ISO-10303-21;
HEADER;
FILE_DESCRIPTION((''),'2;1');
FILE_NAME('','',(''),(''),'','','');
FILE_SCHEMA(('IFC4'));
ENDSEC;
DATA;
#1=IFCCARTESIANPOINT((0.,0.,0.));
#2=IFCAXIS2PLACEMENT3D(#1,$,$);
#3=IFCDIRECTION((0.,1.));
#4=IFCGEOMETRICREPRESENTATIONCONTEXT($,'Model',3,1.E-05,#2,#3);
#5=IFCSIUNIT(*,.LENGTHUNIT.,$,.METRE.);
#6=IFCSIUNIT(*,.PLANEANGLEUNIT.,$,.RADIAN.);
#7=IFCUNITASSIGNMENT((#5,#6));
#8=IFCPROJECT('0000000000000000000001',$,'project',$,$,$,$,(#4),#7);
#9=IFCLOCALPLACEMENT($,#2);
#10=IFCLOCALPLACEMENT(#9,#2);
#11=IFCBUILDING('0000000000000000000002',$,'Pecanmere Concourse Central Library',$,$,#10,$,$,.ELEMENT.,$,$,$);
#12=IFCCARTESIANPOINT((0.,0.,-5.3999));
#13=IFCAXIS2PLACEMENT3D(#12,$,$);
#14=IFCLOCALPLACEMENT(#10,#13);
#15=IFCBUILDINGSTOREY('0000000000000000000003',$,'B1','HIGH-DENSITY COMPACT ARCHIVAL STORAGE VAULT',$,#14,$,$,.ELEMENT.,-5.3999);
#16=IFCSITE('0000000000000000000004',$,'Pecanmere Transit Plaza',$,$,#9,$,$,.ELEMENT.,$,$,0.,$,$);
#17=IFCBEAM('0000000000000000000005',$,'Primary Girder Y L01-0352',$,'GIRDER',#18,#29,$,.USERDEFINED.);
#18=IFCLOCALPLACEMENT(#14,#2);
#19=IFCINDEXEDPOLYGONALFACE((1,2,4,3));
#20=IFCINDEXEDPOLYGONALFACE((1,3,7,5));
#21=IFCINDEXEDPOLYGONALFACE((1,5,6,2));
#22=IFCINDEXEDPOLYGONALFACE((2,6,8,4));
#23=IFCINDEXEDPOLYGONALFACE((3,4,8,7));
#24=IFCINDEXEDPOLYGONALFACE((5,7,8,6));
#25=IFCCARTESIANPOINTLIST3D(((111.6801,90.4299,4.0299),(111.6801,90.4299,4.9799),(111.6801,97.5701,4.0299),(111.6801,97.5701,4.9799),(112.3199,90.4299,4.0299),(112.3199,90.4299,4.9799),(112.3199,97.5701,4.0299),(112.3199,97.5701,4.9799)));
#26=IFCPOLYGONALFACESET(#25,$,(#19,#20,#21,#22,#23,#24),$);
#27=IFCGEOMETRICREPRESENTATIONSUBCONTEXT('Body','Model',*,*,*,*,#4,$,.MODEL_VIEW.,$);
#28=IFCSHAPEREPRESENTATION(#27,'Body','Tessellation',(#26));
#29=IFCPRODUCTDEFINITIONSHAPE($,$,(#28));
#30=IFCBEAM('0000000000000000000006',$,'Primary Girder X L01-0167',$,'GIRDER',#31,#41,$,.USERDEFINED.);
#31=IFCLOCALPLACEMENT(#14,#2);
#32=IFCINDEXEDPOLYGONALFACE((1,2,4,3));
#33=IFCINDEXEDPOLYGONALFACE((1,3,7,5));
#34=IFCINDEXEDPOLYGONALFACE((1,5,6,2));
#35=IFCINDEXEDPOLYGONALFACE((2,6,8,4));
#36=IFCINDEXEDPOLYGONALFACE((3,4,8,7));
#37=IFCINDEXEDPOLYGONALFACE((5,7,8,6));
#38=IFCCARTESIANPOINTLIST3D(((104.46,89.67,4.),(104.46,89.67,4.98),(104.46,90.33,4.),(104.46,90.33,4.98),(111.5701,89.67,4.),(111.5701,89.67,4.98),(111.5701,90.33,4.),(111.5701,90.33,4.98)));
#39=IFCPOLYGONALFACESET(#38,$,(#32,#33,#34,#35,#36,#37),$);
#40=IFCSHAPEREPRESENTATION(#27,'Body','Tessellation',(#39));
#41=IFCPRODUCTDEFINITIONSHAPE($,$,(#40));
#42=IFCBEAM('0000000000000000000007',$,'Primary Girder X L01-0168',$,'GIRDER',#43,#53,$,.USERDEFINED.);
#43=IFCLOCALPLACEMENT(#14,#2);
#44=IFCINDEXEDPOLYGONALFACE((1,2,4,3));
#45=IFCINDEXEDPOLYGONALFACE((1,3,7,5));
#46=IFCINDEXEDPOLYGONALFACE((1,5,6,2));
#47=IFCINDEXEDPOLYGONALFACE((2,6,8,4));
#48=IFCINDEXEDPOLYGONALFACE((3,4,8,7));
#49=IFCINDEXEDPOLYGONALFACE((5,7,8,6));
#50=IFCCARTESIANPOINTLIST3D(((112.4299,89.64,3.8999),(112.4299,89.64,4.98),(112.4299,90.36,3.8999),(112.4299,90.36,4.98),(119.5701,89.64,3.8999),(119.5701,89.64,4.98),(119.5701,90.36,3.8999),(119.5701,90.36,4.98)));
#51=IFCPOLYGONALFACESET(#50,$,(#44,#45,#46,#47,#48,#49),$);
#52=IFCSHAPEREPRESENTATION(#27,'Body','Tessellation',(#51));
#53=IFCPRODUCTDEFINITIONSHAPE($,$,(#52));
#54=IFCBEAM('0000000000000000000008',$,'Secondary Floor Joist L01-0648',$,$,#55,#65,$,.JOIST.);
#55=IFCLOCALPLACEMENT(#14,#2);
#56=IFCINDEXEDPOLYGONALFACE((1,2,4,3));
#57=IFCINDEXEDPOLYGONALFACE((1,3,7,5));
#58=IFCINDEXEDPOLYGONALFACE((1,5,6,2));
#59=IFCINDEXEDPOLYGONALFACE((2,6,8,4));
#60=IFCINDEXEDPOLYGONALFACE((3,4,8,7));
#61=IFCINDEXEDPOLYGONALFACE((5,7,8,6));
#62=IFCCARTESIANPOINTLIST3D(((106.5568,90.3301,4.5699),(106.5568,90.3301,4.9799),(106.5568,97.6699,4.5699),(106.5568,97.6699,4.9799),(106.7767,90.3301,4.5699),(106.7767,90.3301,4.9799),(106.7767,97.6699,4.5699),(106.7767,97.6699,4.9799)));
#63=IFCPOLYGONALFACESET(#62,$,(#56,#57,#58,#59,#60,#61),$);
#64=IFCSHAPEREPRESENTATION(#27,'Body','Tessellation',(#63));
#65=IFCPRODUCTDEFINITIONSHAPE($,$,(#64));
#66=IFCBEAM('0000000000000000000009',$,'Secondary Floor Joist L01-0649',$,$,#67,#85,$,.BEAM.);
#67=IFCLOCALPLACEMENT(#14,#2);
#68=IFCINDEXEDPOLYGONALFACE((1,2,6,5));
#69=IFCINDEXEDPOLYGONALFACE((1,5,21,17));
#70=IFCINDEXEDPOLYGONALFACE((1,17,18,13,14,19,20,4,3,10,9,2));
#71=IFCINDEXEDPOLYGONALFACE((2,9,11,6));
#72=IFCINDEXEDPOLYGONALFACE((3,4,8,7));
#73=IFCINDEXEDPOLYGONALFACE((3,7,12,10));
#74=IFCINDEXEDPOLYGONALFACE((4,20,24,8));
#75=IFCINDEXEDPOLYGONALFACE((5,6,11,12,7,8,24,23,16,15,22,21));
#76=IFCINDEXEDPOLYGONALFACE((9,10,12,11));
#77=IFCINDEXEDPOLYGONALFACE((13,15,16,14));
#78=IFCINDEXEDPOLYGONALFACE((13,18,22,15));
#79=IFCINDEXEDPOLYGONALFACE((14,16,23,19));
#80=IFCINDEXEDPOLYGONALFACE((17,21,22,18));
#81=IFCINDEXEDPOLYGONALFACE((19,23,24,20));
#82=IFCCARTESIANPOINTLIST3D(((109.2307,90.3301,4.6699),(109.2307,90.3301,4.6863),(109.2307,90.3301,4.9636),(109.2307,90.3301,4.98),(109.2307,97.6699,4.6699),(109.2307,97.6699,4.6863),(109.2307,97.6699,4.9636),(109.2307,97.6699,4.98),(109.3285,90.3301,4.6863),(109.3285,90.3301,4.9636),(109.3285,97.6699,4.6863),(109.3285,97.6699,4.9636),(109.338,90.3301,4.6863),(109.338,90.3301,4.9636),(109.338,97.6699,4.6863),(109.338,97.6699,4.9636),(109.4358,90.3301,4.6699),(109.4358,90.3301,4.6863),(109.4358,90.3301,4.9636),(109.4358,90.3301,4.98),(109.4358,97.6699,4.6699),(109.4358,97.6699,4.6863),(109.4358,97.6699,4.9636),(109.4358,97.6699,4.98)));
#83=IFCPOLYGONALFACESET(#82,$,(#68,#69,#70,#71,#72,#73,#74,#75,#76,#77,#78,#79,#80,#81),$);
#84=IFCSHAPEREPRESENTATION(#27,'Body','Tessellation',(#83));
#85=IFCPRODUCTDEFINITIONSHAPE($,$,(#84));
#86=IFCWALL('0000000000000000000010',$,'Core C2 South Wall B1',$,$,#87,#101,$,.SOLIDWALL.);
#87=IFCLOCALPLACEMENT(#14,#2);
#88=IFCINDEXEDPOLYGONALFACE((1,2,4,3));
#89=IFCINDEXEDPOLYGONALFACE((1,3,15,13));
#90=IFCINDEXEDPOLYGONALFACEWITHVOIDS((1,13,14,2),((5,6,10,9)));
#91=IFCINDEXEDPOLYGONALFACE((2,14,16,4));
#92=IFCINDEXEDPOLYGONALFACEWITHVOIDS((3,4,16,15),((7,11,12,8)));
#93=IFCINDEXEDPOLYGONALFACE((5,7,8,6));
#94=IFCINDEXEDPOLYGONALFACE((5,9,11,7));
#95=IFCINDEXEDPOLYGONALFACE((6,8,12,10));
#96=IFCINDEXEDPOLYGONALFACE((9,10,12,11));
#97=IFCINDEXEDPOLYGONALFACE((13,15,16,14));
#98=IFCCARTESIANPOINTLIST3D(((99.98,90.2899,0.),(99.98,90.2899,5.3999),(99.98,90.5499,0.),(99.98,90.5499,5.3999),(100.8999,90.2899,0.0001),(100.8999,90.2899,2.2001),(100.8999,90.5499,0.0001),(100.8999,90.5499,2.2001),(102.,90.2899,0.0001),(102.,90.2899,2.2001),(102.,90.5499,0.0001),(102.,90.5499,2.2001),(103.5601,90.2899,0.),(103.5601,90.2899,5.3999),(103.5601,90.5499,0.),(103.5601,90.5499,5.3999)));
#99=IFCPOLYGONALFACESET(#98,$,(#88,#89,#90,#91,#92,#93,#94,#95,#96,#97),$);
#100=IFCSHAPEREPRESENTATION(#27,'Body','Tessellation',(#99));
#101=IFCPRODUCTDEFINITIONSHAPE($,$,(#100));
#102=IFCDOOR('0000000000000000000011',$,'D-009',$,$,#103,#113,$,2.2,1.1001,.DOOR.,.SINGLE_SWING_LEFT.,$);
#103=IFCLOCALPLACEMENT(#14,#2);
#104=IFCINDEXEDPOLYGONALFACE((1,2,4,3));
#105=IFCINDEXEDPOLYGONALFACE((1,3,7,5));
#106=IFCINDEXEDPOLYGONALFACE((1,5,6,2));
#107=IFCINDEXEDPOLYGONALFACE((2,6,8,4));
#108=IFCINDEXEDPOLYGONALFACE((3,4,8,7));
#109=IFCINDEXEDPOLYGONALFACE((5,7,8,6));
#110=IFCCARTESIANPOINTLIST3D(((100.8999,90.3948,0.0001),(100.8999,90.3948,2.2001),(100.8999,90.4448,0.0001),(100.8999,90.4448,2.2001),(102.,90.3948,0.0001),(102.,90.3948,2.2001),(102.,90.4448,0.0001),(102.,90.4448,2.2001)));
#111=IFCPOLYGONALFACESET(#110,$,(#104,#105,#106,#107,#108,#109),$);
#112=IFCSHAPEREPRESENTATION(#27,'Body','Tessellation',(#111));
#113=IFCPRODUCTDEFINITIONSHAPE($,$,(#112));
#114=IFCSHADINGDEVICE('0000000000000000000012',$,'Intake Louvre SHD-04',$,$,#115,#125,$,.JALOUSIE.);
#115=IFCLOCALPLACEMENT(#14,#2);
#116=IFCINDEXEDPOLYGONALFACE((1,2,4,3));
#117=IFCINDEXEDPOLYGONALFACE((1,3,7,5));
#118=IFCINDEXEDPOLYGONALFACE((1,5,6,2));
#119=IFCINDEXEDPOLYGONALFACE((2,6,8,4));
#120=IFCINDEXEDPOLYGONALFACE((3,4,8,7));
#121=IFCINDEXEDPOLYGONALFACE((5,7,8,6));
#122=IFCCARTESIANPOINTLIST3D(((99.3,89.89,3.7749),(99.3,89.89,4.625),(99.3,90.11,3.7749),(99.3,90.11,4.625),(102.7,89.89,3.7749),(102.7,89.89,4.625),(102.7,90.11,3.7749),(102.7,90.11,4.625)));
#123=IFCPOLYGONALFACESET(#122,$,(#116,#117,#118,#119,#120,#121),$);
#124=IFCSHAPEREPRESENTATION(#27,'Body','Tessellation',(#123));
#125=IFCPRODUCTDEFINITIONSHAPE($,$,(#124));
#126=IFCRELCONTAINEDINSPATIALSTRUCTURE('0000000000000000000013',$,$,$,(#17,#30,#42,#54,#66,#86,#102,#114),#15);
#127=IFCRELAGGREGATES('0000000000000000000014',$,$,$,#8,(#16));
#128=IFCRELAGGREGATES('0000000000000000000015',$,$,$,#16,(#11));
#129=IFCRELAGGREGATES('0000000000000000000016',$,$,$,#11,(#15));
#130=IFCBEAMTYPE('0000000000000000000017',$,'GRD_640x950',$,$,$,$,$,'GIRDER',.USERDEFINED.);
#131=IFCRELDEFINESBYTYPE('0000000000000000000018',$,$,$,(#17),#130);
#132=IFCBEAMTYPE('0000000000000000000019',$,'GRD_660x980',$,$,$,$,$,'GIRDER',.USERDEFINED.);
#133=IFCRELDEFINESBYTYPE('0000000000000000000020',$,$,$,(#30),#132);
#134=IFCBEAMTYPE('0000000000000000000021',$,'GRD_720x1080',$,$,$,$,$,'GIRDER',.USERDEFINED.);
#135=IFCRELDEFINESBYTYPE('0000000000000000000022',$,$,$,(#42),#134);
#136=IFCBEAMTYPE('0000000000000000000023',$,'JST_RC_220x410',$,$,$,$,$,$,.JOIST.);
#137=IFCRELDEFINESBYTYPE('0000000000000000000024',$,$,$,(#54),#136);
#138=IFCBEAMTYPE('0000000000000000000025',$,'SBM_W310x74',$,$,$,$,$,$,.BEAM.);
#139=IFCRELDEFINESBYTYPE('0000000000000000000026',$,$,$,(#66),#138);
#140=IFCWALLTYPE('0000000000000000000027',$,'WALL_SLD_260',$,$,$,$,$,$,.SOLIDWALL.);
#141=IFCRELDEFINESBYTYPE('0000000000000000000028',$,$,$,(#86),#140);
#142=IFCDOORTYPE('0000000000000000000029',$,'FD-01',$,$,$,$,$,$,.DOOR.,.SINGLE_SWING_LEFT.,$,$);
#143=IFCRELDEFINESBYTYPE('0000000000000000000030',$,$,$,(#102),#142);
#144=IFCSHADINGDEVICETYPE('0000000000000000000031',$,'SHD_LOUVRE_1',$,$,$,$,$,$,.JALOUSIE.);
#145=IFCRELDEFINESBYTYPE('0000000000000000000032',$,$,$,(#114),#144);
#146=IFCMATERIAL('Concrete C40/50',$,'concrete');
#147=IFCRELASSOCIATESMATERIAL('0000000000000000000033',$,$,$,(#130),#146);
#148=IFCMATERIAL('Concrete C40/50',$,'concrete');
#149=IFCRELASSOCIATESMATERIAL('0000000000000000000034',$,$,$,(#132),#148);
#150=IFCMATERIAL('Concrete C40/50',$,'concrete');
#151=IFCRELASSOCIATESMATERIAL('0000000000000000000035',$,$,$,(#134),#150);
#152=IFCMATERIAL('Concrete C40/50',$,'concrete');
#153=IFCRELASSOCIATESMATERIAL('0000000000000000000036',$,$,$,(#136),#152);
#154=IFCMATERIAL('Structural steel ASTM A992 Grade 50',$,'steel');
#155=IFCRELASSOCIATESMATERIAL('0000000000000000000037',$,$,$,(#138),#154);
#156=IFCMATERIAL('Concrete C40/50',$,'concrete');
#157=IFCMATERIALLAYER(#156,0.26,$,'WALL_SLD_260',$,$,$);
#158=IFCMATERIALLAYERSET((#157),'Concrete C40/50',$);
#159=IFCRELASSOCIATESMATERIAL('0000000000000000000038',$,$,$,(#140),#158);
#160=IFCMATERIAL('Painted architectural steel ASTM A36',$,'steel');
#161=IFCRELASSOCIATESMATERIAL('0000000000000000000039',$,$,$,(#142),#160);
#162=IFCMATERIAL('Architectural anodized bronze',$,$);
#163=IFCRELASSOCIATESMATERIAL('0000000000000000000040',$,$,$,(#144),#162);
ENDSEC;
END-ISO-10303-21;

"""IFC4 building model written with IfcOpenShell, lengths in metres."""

from ifc_helpers import new_model, si_unit, direction, frame, frame_2d, origin, origin_2d, place, context, subcontext, project, spatial, rectangle, i_section, extrude, material, layer, layer_set, material_profile, profile_set, type_object, element, fill, save


model = new_model("IFC4")

# Units and contexts
model_context = context("Model", 3, precision=1e-05, world=origin(), true_north=direction((0.0, 1.0)))
body_context = subcontext(model_context, "Body", "Model", "MODEL_VIEW")
ifc_project = project(units=[si_unit("LENGTHUNIT", "METRE"), si_unit("PLANEANGLEUNIT", "RADIAN")], contexts=[model_context])

# Site, building, storey
site_placement = place(None, origin())
site = spatial("IfcSite", under=ifc_project, at=site_placement, Name="Pecanmere Transit Plaza", CompositionType="ELEMENT", RefElevation=0.0)
building_placement = place(site_placement, origin())
building = spatial("IfcBuilding", under=site, at=building_placement, Name="Pecanmere Concourse Central Library", CompositionType="ELEMENT")
storey_placement = place(building_placement, frame((0.0, 0.0, -5.3999)))
storey = spatial("IfcBuildingStorey", under=building, at=storey_placement, Name="B1", Description="HIGH-DENSITY COMPACT ARCHIVAL STORAGE VAULT", CompositionType="ELEMENT", Elevation=-5.3999)

# Beams
ifc_material_1 = material(Name="Concrete C40/50", Category="concrete")
ifc_material_profile_1 = material_profile(ifc_material_1, rectangle(XDim=0.6399, YDim=0.95, at=origin_2d()), Name="RC 640x950")
ifc_profile_set_1 = profile_set([ifc_material_profile_1], Name="Concrete C40/50")
beam_type_1 = type_object("IfcBeamType", Name="GRD_640x950", ElementType="GIRDER", PredefinedType="USERDEFINED", material=ifc_profile_set_1)
beam_1_placement = place(storey_placement, frame((112.0, 90.4299, 4.5049), z_axis=(0.0, 1.0, 0.0), x_axis=(-1.0, 0.0, 0.0)))
element("IfcBeam", 1, at=beam_1_placement, inside=storey, type_object=beam_type_1, Name="Primary Girder Y L01-0352", ObjectType="GIRDER", PredefinedType="USERDEFINED", context=body_context, shape_type="SweptSolid", body=[
    extrude(rectangle(XDim=0.6399, YDim=0.95, at=origin_2d()), origin(), (0.0, 0.0, 1.0), 7.1401),
])
ifc_material_2 = material(Name="Concrete C40/50", Category="concrete")
ifc_material_profile_2 = material_profile(ifc_material_2, rectangle(XDim=0.6599, YDim=0.98, at=origin_2d()), Name="RC 660x980")
ifc_profile_set_2 = profile_set([ifc_material_profile_2], Name="Concrete C40/50")
beam_type_2 = type_object("IfcBeamType", Name="GRD_660x980", ElementType="GIRDER", PredefinedType="USERDEFINED", material=ifc_profile_set_2)
beam_2_placement = place(storey_placement, frame((104.46, 90.0, 4.49), z_axis=(1.0, 0.0, 0.0), x_axis=(0.0, 1.0, 0.0)))
element("IfcBeam", 2, at=beam_2_placement, inside=storey, type_object=beam_type_2, Name="Primary Girder X L01-0167", ObjectType="GIRDER", PredefinedType="USERDEFINED", context=body_context, shape_type="SweptSolid", body=[
    extrude(rectangle(XDim=0.6599, YDim=0.98, at=origin_2d()), origin(), (0.0, 0.0, 1.0), 7.1101),
])
ifc_material_3 = material(Name="Concrete C40/50", Category="concrete")
ifc_material_profile_3 = material_profile(ifc_material_3, rectangle(XDim=0.72, YDim=1.0801, at=origin_2d()), Name="RC 720x1080")
ifc_profile_set_3 = profile_set([ifc_material_profile_3], Name="Concrete C40/50")
beam_type_3 = type_object("IfcBeamType", Name="GRD_720x1080", ElementType="GIRDER", PredefinedType="USERDEFINED", material=ifc_profile_set_3)
beam_3_placement = place(storey_placement, frame((112.4299, 90.0, 4.4399), z_axis=(1.0, 0.0, 0.0), x_axis=(0.0, 1.0, 0.0)))
element("IfcBeam", 3, at=beam_3_placement, inside=storey, type_object=beam_type_3, Name="Primary Girder X L01-0168", ObjectType="GIRDER", PredefinedType="USERDEFINED", context=body_context, shape_type="SweptSolid", body=[
    extrude(rectangle(XDim=0.72, YDim=1.0801, at=origin_2d()), origin(), (0.0, 0.0, 1.0), 7.1401),
])
ifc_material_4 = material(Name="Concrete C40/50", Category="concrete")
ifc_material_profile_4 = material_profile(ifc_material_4, rectangle(XDim=0.22, YDim=0.4099, at=origin_2d()), Name="RC 220x410")
ifc_profile_set_4 = profile_set([ifc_material_profile_4], Name="Concrete C40/50")
beam_type_4 = type_object("IfcBeamType", Name="JST_RC_220x410", PredefinedType="JOIST", material=ifc_profile_set_4)
beam_4_placement = place(storey_placement, frame((106.6667, 90.3301, 4.7749), z_axis=(0.0, 1.0, 0.0), x_axis=(-1.0, 0.0, 0.0)))
element("IfcBeam", 4, at=beam_4_placement, inside=storey, type_object=beam_type_4, Name="Secondary Floor Joist L01-0648", PredefinedType="JOIST", context=body_context, shape_type="SweptSolid", body=[
    extrude(rectangle(XDim=0.22, YDim=0.4099, at=origin_2d()), origin(), (0.0, 0.0, 1.0), 7.3398),
])
ifc_material_5 = material(Name="Structural steel ASTM A992 Grade 50", Category="steel")
ifc_material_profile_5 = material_profile(ifc_material_5, i_section(OverallWidth=0.2051, OverallDepth=0.3101, WebThickness=0.0095, FlangeThickness=0.0164, at=origin_2d()), Name="W310x74")
ifc_profile_set_5 = profile_set([ifc_material_profile_5], Name="Structural steel ASTM A992 Grade 50")
beam_type_5 = type_object("IfcBeamType", Name="SBM_W310x74", PredefinedType="BEAM", material=ifc_profile_set_5)
beam_5_placement = place(storey_placement, frame((109.3333, 90.3301, 4.825), z_axis=(0.0, 1.0, 0.0), x_axis=(-1.0, 0.0, 0.0)))
element("IfcBeam", 5, at=beam_5_placement, inside=storey, type_object=beam_type_5, Name="Secondary Floor Joist L01-0649", PredefinedType="BEAM", context=body_context, shape_type="SweptSolid", body=[
    extrude(i_section(OverallWidth=0.2051, OverallDepth=0.3101, WebThickness=0.0095, FlangeThickness=0.0164, at=origin_2d()), origin(), (0.0, 0.0, 1.0), 7.3398),
])

# Wall, opening, door
ifc_material_6 = material(Name="Concrete C40/50", Category="concrete")
ifc_layer = layer(ifc_material_6, 0.26, Name="WALL_SLD_260")
ifc_layer_set = layer_set([ifc_layer], Name="Concrete C40/50")
wall_type = type_object("IfcWallType", Name="WALL_SLD_260", PredefinedType="SOLIDWALL", material=ifc_layer_set)
wall_placement = place(storey_placement, frame((99.98, 90.4199, 0.0), z_axis=(0.0, 0.0, 1.0), x_axis=(1.0, 0.0, 0.0)))
wall = element("IfcWall", 6, at=wall_placement, inside=storey, type_object=wall_type, Name="Core C2 South Wall B1", PredefinedType="SOLIDWALL", context=body_context, shape_type="SweptSolid", body=[
    extrude(rectangle(XDim=3.5801, YDim=0.26, at=frame_2d((1.79, 0.0))), origin(), (0.0, 0.0, 1.0), 5.3999),
])
opening_placement = place(wall_placement, frame((0.9199, 0.0, 0.0)))
opening = element("IfcOpeningElement", 7, at=opening_placement, cuts=wall, PredefinedType="OPENING", context=body_context, shape_type="SweptSolid", body=[
    extrude(rectangle(XDim=1.1001, YDim=2.2, at=frame_2d((0.55, 1.1001))), frame((0.0, 0.1421, 0.0), z_axis=(0.0, -1.0, 0.0), x_axis=(1.0, 0.0, 0.0)), (0.0, 0.0, 1.0), 0.2839),
])
ifc_material_7 = material(Name="Painted architectural steel ASTM A36", Category="steel")
door_type = type_object("IfcDoorType", Name="FD-01", OperationType="SINGLE_SWING_LEFT", PredefinedType="DOOR", material=ifc_material_7)
door_placement = place(opening_placement, origin())
door = element("IfcDoor", 8, at=door_placement, inside=storey, type_object=door_type, Name="D-009", OperationType="SINGLE_SWING_LEFT", OverallHeight=2.2, OverallWidth=1.1001, PredefinedType="DOOR", context=body_context, shape_type="SweptSolid", body=[
    extrude(rectangle(XDim=1.1001, YDim=2.2, at=frame_2d((0.55, 1.1001))), frame((0.0, 0.0249, 0.0), z_axis=(0.0, -1.0, 0.0), x_axis=(1.0, 0.0, 0.0)), (0.0, 0.0, 1.0), 0.05),
])
fill(opening, door)

# Shading device
ifc_material_8 = material(Name="Architectural anodized bronze")
shading_device_type = type_object("IfcShadingDeviceType", Name="SHD_LOUVRE_1", PredefinedType="JALOUSIE", material=ifc_material_8)
shading_device_placement = place(storey_placement, frame((101.0, 90.0, 3.7749), z_axis=(0.0, 0.0, 1.0), x_axis=(1.0, 0.0, 0.0)))
element("IfcShadingDevice", 9, at=shading_device_placement, inside=storey, type_object=shading_device_type, Name="Intake Louvre SHD-04", PredefinedType="JALOUSIE", context=body_context, shape_type="SweptSolid", body=[
    extrude(rectangle(XDim=3.3999, YDim=0.22, at=origin_2d()), origin(), (0.0, 0.0, 1.0), 0.8501),
])

save(model, "model.ifc")
